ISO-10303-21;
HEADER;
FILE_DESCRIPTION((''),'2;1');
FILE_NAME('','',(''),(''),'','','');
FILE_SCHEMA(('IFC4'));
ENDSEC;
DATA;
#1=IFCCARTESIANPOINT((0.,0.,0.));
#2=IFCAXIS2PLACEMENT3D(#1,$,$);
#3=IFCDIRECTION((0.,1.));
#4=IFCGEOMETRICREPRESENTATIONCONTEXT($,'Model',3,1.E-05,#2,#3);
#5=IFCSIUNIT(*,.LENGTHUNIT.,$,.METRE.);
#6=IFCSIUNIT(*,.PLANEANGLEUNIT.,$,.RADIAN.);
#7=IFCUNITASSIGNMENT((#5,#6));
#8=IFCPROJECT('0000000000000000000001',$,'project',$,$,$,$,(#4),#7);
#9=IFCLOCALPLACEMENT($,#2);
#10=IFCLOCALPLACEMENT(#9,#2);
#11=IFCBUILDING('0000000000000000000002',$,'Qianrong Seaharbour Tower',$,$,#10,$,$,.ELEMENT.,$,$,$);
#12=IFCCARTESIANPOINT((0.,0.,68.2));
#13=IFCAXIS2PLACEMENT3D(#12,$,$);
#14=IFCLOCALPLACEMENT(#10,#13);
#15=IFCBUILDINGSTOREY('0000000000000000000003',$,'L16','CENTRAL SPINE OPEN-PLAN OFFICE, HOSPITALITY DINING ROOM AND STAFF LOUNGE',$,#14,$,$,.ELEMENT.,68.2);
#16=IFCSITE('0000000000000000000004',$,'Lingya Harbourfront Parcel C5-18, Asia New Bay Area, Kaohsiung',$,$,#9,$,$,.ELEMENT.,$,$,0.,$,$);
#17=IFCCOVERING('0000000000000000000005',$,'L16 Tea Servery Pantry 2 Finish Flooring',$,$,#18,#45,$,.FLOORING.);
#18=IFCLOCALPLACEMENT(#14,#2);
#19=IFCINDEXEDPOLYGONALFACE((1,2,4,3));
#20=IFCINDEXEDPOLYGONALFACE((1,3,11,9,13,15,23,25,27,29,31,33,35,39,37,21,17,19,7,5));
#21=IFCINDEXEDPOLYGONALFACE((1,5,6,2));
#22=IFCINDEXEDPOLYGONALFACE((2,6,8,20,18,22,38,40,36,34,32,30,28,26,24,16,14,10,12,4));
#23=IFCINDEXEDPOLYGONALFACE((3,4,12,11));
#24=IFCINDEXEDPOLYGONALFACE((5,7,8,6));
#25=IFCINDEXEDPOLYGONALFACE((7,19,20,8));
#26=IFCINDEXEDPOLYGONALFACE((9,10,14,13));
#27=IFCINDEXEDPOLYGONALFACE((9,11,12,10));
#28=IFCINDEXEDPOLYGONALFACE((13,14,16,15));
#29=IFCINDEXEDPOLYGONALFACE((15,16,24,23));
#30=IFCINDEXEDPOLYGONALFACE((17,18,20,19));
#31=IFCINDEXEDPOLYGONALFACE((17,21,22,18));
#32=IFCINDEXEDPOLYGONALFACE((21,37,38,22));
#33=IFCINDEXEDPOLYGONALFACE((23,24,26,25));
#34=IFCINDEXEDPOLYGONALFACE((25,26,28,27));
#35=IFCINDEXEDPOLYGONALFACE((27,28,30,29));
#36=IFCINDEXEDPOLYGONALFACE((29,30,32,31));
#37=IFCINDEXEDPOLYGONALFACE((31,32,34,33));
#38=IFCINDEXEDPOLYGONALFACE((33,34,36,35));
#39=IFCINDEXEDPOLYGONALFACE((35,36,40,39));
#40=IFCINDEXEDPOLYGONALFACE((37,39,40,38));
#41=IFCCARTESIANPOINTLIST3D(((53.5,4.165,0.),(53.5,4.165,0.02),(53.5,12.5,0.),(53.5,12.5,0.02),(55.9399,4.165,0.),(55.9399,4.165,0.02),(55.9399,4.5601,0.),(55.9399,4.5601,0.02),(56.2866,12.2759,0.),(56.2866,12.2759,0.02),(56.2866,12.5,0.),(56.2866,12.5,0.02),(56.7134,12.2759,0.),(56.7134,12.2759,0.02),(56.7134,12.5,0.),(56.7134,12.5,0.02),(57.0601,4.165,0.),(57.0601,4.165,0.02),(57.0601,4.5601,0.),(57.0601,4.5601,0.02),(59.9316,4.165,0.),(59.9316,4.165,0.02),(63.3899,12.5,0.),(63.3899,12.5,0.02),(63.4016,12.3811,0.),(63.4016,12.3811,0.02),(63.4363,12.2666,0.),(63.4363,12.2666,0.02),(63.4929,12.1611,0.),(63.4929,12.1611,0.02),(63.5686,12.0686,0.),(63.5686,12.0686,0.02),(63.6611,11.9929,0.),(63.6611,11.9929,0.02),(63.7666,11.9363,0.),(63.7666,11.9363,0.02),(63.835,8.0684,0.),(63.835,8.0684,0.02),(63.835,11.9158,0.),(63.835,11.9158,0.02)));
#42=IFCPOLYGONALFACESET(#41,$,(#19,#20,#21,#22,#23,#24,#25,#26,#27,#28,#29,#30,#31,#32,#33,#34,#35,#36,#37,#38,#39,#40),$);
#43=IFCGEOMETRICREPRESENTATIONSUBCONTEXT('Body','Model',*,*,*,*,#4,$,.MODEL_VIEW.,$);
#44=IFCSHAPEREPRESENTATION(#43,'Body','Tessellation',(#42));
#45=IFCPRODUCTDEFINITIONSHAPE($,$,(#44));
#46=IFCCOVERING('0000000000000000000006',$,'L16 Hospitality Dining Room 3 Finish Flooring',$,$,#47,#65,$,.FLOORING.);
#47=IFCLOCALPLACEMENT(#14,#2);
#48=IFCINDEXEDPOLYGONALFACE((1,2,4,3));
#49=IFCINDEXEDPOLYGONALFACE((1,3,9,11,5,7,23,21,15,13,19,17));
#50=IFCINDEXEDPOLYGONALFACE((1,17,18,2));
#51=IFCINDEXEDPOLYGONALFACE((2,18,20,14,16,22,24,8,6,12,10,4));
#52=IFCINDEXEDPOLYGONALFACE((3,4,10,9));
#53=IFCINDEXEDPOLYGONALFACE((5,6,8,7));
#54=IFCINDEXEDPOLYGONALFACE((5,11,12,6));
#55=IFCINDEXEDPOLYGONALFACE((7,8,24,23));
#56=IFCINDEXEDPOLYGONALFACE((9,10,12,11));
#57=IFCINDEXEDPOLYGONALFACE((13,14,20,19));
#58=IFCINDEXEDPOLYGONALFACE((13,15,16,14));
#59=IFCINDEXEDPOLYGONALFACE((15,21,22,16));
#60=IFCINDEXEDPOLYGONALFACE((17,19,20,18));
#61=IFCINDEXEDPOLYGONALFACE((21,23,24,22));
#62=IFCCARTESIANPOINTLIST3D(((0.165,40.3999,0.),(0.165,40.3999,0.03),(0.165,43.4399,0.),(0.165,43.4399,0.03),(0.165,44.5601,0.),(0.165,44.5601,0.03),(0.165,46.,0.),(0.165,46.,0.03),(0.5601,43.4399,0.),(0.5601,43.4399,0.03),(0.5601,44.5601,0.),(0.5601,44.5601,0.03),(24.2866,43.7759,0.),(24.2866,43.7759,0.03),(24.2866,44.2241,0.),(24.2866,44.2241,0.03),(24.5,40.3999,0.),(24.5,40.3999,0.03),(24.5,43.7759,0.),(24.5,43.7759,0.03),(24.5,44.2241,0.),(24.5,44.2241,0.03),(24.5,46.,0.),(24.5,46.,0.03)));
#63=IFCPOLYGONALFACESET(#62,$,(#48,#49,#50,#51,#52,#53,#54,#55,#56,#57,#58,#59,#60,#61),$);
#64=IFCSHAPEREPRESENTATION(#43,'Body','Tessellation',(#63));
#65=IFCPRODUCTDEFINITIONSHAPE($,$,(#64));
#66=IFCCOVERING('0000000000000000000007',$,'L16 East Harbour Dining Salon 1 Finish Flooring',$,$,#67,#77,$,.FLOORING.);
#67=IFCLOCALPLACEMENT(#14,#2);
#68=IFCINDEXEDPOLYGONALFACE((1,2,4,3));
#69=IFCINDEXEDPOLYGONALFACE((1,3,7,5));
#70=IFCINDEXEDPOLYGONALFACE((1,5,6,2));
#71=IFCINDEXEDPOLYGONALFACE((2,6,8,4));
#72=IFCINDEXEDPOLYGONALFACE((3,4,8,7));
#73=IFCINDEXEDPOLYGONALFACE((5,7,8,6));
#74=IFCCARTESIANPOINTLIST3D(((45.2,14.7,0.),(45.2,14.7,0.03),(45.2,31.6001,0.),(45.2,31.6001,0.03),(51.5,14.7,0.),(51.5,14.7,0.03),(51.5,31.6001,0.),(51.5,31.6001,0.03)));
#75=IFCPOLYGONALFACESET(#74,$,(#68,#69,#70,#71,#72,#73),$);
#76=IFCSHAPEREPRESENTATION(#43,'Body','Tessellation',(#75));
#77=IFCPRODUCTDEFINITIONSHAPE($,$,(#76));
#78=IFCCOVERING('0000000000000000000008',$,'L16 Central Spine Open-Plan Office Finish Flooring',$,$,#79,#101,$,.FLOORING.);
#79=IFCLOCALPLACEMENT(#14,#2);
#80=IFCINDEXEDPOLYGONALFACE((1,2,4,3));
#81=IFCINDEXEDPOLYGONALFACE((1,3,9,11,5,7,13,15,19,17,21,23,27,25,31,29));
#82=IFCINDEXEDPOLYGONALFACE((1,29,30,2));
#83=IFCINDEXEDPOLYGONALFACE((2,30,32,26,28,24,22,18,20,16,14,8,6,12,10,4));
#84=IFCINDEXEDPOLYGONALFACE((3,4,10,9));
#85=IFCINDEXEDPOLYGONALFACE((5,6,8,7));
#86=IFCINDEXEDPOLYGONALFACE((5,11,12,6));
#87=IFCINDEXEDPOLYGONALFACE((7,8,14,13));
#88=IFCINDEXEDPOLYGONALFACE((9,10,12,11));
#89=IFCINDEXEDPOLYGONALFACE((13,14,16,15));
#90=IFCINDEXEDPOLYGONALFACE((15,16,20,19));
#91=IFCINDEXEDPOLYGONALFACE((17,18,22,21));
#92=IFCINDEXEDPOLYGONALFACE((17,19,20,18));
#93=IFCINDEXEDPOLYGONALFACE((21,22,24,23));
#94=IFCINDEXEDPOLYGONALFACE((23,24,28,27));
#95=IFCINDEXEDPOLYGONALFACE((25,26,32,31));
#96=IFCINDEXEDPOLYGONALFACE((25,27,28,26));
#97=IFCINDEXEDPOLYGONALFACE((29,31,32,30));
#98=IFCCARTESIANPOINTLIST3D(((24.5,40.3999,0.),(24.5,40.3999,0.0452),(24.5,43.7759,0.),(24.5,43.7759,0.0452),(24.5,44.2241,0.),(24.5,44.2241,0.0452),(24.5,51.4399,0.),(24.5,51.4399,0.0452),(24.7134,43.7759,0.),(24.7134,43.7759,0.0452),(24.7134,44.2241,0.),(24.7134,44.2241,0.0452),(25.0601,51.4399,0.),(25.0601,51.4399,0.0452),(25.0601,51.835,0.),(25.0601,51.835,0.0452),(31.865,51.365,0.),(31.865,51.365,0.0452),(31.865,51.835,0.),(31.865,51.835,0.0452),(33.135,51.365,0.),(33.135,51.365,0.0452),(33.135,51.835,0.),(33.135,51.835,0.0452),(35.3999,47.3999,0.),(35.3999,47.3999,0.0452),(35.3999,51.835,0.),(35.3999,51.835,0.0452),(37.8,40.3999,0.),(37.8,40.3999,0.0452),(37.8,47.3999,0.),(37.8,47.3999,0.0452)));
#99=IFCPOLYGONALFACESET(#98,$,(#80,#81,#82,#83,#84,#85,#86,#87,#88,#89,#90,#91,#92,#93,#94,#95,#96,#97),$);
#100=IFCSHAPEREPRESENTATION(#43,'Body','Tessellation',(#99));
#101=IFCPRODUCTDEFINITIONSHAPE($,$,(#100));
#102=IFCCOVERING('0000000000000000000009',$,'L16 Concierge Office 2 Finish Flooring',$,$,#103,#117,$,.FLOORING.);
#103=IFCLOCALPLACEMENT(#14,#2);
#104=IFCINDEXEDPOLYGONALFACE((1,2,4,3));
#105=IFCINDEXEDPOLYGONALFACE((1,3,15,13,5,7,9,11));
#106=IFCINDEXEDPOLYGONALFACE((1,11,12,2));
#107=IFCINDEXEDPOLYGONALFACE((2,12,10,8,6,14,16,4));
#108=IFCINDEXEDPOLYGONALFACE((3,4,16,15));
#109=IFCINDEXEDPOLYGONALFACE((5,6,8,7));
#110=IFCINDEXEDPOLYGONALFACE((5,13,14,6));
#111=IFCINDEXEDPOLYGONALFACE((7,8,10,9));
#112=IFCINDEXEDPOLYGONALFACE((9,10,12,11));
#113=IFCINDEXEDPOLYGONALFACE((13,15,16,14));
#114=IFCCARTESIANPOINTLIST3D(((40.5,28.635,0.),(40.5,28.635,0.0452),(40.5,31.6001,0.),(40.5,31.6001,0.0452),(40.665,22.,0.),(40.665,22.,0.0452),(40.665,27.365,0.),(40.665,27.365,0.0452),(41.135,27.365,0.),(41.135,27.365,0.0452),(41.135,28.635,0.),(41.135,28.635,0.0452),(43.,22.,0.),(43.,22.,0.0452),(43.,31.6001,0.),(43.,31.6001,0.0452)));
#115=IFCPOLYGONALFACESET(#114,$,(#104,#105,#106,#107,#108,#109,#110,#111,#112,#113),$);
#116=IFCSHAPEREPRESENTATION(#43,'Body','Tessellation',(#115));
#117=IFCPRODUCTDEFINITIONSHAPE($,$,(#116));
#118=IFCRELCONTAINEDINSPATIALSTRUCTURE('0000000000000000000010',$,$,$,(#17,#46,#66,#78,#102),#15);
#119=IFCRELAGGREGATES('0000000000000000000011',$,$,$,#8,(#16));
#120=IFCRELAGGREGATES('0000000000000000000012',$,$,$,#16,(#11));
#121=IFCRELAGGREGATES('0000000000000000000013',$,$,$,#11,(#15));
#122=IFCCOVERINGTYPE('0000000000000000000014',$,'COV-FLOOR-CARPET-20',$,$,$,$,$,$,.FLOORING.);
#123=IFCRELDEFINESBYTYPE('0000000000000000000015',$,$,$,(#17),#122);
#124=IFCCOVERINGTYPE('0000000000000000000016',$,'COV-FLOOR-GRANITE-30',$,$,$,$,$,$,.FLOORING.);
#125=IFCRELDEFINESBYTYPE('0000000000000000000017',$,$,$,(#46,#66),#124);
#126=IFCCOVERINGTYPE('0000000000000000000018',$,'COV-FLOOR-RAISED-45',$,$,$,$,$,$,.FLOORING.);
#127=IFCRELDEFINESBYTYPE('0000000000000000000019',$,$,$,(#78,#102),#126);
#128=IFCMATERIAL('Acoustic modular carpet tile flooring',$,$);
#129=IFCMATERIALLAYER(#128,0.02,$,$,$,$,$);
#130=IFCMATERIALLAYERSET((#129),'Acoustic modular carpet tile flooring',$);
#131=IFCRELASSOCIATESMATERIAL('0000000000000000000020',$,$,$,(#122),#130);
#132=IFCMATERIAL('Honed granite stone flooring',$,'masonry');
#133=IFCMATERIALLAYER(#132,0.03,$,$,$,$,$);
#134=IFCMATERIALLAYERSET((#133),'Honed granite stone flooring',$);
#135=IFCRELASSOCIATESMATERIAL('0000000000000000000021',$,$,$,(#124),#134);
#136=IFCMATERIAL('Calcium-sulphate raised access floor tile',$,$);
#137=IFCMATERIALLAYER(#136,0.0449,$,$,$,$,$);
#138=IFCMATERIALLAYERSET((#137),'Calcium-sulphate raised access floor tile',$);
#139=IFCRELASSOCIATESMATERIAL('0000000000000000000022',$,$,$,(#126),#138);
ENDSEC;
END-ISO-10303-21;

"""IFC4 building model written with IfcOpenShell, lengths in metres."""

from ifc_helpers import new_model, si_unit, direction, frame, origin, place, context, subcontext, project, spatial, polyline, outline, extrude, material, layer, layer_set, type_object, element, save


model = new_model("IFC4")

# Units and contexts
model_context = context("Model", 3, precision=1e-05, world=origin(), true_north=direction((0.0, 1.0)))
body_context = subcontext(model_context, "Body", "Model", "MODEL_VIEW")
ifc_project = project(units=[si_unit("LENGTHUNIT", "METRE"), si_unit("PLANEANGLEUNIT", "RADIAN")], contexts=[model_context])

# Site, building, storey
site_placement = place(None, origin())
site = spatial("IfcSite", under=ifc_project, at=site_placement, Name="Lingya Harbourfront Parcel C5-18, Asia New Bay Area, Kaohsiung", CompositionType="ELEMENT", RefElevation=0.0)
building_placement = place(site_placement, origin())
building = spatial("IfcBuilding", under=site, at=building_placement, Name="Qianrong Seaharbour Tower", CompositionType="ELEMENT")
storey_placement = place(building_placement, frame((0.0, 0.0, 68.2)))
storey = spatial("IfcBuildingStorey", under=building, at=storey_placement, Name="L16", Description="CENTRAL SPINE OPEN-PLAN OFFICE, HOSPITALITY DINING ROOM AND STAFF LOUNGE", CompositionType="ELEMENT", Elevation=68.2)

# Coverings
ifc_material_1 = material(Name="Acoustic modular carpet tile flooring")
ifc_layer_1 = layer(ifc_material_1, 0.02)
ifc_layer_set_1 = layer_set([ifc_layer_1], Name="Acoustic modular carpet tile flooring")
covering_type_1 = type_object("IfcCoveringType", Name="COV-FLOOR-CARPET-20", PredefinedType="FLOORING", material=ifc_layer_set_1)
covering_1_placement = place(storey_placement, origin())
element("IfcCovering", 1, at=covering_1_placement, inside=storey, type_object=covering_type_1, Name="L16 Tea Servery Pantry 2 Finish Flooring", PredefinedType="FLOORING", context=body_context, shape_type="SweptSolid", body=[
    extrude(outline(polyline([(63.835, 8.0684), (59.9316, 4.165), (57.0601, 4.165), (57.0601, 4.5601), (55.9399, 4.5601), (55.9399, 4.165), (53.5, 4.165), (53.5, 12.5), (56.2866, 12.5), (56.2866, 12.2759), (56.7134, 12.2759), (56.7134, 12.5), (63.3899, 12.5), (63.4016, 12.3811), (63.4363, 12.2666), (63.4929, 12.1611), (63.5686, 12.0686), (63.6611, 11.9929), (63.7666, 11.9363), (63.835, 11.9158), (63.835, 8.0684)])), origin(), (0.0, 0.0, 1.0), 0.02),
])
ifc_material_2 = material(Name="Honed granite stone flooring", Category="masonry")
ifc_layer_2 = layer(ifc_material_2, 0.03)
ifc_layer_set_2 = layer_set([ifc_layer_2], Name="Honed granite stone flooring")
covering_type_2 = type_object("IfcCoveringType", Name="COV-FLOOR-GRANITE-30", PredefinedType="FLOORING", material=ifc_layer_set_2)
covering_2_placement = place(storey_placement, origin())
element("IfcCovering", 2, at=covering_2_placement, inside=storey, type_object=covering_type_2, Name="L16 Hospitality Dining Room 3 Finish Flooring", PredefinedType="FLOORING", context=body_context, shape_type="SweptSolid", body=[
    extrude(outline(polyline([(0.165, 40.3999), (0.165, 43.4399), (0.5601, 43.4399), (0.5601, 44.5601), (0.165, 44.5601), (0.165, 46.0), (24.5, 46.0), (24.5, 44.2241), (24.2866, 44.2241), (24.2866, 43.7759), (24.5, 43.7759), (24.5, 40.3999), (0.165, 40.3999)])), origin(), (0.0, 0.0, 1.0), 0.03),
])
covering_3_placement = place(storey_placement, origin())
element("IfcCovering", 3, at=covering_3_placement, inside=storey, type_object=covering_type_2, Name="L16 East Harbour Dining Salon 1 Finish Flooring", PredefinedType="FLOORING", context=body_context, shape_type="SweptSolid", body=[
    extrude(outline(polyline([(51.5, 31.6001), (51.5, 14.7), (45.2, 14.7), (45.2, 31.6001), (51.5, 31.6001)])), origin(), (0.0, 0.0, 1.0), 0.03),
])
ifc_material_3 = material(Name="Calcium-sulphate raised access floor tile")
ifc_layer_3 = layer(ifc_material_3, 0.0449)
ifc_layer_set_3 = layer_set([ifc_layer_3], Name="Calcium-sulphate raised access floor tile")
covering_type_3 = type_object("IfcCoveringType", Name="COV-FLOOR-RAISED-45", PredefinedType="FLOORING", material=ifc_layer_set_3)
covering_4_placement = place(storey_placement, origin())
element("IfcCovering", 4, at=covering_4_placement, inside=storey, type_object=covering_type_3, Name="L16 Central Spine Open-Plan Office Finish Flooring", PredefinedType="FLOORING", context=body_context, shape_type="SweptSolid", body=[
    extrude(outline(polyline([(31.865, 51.835), (31.865, 51.365), (33.135, 51.365), (33.135, 51.835), (35.3999, 51.835), (35.3999, 47.3999), (37.8, 47.3999), (37.8, 40.3999), (24.5, 40.3999), (24.5, 43.7759), (24.7134, 43.7759), (24.7134, 44.2241), (24.5, 44.2241), (24.5, 51.4399), (25.0601, 51.4399), (25.0601, 51.835), (31.865, 51.835)])), origin(), (0.0, 0.0, 1.0), 0.0452),
])
covering_5_placement = place(storey_placement, origin())
element("IfcCovering", 5, at=covering_5_placement, inside=storey, type_object=covering_type_3, Name="L16 Concierge Office 2 Finish Flooring", PredefinedType="FLOORING", context=body_context, shape_type="SweptSolid", body=[
    extrude(outline(polyline([(43.0, 22.0), (40.665, 22.0), (40.665, 27.365), (41.135, 27.365), (41.135, 28.635), (40.5, 28.635), (40.5, 31.6001), (43.0, 31.6001), (43.0, 22.0)])), origin(), (0.0, 0.0, 1.0), 0.0452),
])

save(model, "model.ifc")
